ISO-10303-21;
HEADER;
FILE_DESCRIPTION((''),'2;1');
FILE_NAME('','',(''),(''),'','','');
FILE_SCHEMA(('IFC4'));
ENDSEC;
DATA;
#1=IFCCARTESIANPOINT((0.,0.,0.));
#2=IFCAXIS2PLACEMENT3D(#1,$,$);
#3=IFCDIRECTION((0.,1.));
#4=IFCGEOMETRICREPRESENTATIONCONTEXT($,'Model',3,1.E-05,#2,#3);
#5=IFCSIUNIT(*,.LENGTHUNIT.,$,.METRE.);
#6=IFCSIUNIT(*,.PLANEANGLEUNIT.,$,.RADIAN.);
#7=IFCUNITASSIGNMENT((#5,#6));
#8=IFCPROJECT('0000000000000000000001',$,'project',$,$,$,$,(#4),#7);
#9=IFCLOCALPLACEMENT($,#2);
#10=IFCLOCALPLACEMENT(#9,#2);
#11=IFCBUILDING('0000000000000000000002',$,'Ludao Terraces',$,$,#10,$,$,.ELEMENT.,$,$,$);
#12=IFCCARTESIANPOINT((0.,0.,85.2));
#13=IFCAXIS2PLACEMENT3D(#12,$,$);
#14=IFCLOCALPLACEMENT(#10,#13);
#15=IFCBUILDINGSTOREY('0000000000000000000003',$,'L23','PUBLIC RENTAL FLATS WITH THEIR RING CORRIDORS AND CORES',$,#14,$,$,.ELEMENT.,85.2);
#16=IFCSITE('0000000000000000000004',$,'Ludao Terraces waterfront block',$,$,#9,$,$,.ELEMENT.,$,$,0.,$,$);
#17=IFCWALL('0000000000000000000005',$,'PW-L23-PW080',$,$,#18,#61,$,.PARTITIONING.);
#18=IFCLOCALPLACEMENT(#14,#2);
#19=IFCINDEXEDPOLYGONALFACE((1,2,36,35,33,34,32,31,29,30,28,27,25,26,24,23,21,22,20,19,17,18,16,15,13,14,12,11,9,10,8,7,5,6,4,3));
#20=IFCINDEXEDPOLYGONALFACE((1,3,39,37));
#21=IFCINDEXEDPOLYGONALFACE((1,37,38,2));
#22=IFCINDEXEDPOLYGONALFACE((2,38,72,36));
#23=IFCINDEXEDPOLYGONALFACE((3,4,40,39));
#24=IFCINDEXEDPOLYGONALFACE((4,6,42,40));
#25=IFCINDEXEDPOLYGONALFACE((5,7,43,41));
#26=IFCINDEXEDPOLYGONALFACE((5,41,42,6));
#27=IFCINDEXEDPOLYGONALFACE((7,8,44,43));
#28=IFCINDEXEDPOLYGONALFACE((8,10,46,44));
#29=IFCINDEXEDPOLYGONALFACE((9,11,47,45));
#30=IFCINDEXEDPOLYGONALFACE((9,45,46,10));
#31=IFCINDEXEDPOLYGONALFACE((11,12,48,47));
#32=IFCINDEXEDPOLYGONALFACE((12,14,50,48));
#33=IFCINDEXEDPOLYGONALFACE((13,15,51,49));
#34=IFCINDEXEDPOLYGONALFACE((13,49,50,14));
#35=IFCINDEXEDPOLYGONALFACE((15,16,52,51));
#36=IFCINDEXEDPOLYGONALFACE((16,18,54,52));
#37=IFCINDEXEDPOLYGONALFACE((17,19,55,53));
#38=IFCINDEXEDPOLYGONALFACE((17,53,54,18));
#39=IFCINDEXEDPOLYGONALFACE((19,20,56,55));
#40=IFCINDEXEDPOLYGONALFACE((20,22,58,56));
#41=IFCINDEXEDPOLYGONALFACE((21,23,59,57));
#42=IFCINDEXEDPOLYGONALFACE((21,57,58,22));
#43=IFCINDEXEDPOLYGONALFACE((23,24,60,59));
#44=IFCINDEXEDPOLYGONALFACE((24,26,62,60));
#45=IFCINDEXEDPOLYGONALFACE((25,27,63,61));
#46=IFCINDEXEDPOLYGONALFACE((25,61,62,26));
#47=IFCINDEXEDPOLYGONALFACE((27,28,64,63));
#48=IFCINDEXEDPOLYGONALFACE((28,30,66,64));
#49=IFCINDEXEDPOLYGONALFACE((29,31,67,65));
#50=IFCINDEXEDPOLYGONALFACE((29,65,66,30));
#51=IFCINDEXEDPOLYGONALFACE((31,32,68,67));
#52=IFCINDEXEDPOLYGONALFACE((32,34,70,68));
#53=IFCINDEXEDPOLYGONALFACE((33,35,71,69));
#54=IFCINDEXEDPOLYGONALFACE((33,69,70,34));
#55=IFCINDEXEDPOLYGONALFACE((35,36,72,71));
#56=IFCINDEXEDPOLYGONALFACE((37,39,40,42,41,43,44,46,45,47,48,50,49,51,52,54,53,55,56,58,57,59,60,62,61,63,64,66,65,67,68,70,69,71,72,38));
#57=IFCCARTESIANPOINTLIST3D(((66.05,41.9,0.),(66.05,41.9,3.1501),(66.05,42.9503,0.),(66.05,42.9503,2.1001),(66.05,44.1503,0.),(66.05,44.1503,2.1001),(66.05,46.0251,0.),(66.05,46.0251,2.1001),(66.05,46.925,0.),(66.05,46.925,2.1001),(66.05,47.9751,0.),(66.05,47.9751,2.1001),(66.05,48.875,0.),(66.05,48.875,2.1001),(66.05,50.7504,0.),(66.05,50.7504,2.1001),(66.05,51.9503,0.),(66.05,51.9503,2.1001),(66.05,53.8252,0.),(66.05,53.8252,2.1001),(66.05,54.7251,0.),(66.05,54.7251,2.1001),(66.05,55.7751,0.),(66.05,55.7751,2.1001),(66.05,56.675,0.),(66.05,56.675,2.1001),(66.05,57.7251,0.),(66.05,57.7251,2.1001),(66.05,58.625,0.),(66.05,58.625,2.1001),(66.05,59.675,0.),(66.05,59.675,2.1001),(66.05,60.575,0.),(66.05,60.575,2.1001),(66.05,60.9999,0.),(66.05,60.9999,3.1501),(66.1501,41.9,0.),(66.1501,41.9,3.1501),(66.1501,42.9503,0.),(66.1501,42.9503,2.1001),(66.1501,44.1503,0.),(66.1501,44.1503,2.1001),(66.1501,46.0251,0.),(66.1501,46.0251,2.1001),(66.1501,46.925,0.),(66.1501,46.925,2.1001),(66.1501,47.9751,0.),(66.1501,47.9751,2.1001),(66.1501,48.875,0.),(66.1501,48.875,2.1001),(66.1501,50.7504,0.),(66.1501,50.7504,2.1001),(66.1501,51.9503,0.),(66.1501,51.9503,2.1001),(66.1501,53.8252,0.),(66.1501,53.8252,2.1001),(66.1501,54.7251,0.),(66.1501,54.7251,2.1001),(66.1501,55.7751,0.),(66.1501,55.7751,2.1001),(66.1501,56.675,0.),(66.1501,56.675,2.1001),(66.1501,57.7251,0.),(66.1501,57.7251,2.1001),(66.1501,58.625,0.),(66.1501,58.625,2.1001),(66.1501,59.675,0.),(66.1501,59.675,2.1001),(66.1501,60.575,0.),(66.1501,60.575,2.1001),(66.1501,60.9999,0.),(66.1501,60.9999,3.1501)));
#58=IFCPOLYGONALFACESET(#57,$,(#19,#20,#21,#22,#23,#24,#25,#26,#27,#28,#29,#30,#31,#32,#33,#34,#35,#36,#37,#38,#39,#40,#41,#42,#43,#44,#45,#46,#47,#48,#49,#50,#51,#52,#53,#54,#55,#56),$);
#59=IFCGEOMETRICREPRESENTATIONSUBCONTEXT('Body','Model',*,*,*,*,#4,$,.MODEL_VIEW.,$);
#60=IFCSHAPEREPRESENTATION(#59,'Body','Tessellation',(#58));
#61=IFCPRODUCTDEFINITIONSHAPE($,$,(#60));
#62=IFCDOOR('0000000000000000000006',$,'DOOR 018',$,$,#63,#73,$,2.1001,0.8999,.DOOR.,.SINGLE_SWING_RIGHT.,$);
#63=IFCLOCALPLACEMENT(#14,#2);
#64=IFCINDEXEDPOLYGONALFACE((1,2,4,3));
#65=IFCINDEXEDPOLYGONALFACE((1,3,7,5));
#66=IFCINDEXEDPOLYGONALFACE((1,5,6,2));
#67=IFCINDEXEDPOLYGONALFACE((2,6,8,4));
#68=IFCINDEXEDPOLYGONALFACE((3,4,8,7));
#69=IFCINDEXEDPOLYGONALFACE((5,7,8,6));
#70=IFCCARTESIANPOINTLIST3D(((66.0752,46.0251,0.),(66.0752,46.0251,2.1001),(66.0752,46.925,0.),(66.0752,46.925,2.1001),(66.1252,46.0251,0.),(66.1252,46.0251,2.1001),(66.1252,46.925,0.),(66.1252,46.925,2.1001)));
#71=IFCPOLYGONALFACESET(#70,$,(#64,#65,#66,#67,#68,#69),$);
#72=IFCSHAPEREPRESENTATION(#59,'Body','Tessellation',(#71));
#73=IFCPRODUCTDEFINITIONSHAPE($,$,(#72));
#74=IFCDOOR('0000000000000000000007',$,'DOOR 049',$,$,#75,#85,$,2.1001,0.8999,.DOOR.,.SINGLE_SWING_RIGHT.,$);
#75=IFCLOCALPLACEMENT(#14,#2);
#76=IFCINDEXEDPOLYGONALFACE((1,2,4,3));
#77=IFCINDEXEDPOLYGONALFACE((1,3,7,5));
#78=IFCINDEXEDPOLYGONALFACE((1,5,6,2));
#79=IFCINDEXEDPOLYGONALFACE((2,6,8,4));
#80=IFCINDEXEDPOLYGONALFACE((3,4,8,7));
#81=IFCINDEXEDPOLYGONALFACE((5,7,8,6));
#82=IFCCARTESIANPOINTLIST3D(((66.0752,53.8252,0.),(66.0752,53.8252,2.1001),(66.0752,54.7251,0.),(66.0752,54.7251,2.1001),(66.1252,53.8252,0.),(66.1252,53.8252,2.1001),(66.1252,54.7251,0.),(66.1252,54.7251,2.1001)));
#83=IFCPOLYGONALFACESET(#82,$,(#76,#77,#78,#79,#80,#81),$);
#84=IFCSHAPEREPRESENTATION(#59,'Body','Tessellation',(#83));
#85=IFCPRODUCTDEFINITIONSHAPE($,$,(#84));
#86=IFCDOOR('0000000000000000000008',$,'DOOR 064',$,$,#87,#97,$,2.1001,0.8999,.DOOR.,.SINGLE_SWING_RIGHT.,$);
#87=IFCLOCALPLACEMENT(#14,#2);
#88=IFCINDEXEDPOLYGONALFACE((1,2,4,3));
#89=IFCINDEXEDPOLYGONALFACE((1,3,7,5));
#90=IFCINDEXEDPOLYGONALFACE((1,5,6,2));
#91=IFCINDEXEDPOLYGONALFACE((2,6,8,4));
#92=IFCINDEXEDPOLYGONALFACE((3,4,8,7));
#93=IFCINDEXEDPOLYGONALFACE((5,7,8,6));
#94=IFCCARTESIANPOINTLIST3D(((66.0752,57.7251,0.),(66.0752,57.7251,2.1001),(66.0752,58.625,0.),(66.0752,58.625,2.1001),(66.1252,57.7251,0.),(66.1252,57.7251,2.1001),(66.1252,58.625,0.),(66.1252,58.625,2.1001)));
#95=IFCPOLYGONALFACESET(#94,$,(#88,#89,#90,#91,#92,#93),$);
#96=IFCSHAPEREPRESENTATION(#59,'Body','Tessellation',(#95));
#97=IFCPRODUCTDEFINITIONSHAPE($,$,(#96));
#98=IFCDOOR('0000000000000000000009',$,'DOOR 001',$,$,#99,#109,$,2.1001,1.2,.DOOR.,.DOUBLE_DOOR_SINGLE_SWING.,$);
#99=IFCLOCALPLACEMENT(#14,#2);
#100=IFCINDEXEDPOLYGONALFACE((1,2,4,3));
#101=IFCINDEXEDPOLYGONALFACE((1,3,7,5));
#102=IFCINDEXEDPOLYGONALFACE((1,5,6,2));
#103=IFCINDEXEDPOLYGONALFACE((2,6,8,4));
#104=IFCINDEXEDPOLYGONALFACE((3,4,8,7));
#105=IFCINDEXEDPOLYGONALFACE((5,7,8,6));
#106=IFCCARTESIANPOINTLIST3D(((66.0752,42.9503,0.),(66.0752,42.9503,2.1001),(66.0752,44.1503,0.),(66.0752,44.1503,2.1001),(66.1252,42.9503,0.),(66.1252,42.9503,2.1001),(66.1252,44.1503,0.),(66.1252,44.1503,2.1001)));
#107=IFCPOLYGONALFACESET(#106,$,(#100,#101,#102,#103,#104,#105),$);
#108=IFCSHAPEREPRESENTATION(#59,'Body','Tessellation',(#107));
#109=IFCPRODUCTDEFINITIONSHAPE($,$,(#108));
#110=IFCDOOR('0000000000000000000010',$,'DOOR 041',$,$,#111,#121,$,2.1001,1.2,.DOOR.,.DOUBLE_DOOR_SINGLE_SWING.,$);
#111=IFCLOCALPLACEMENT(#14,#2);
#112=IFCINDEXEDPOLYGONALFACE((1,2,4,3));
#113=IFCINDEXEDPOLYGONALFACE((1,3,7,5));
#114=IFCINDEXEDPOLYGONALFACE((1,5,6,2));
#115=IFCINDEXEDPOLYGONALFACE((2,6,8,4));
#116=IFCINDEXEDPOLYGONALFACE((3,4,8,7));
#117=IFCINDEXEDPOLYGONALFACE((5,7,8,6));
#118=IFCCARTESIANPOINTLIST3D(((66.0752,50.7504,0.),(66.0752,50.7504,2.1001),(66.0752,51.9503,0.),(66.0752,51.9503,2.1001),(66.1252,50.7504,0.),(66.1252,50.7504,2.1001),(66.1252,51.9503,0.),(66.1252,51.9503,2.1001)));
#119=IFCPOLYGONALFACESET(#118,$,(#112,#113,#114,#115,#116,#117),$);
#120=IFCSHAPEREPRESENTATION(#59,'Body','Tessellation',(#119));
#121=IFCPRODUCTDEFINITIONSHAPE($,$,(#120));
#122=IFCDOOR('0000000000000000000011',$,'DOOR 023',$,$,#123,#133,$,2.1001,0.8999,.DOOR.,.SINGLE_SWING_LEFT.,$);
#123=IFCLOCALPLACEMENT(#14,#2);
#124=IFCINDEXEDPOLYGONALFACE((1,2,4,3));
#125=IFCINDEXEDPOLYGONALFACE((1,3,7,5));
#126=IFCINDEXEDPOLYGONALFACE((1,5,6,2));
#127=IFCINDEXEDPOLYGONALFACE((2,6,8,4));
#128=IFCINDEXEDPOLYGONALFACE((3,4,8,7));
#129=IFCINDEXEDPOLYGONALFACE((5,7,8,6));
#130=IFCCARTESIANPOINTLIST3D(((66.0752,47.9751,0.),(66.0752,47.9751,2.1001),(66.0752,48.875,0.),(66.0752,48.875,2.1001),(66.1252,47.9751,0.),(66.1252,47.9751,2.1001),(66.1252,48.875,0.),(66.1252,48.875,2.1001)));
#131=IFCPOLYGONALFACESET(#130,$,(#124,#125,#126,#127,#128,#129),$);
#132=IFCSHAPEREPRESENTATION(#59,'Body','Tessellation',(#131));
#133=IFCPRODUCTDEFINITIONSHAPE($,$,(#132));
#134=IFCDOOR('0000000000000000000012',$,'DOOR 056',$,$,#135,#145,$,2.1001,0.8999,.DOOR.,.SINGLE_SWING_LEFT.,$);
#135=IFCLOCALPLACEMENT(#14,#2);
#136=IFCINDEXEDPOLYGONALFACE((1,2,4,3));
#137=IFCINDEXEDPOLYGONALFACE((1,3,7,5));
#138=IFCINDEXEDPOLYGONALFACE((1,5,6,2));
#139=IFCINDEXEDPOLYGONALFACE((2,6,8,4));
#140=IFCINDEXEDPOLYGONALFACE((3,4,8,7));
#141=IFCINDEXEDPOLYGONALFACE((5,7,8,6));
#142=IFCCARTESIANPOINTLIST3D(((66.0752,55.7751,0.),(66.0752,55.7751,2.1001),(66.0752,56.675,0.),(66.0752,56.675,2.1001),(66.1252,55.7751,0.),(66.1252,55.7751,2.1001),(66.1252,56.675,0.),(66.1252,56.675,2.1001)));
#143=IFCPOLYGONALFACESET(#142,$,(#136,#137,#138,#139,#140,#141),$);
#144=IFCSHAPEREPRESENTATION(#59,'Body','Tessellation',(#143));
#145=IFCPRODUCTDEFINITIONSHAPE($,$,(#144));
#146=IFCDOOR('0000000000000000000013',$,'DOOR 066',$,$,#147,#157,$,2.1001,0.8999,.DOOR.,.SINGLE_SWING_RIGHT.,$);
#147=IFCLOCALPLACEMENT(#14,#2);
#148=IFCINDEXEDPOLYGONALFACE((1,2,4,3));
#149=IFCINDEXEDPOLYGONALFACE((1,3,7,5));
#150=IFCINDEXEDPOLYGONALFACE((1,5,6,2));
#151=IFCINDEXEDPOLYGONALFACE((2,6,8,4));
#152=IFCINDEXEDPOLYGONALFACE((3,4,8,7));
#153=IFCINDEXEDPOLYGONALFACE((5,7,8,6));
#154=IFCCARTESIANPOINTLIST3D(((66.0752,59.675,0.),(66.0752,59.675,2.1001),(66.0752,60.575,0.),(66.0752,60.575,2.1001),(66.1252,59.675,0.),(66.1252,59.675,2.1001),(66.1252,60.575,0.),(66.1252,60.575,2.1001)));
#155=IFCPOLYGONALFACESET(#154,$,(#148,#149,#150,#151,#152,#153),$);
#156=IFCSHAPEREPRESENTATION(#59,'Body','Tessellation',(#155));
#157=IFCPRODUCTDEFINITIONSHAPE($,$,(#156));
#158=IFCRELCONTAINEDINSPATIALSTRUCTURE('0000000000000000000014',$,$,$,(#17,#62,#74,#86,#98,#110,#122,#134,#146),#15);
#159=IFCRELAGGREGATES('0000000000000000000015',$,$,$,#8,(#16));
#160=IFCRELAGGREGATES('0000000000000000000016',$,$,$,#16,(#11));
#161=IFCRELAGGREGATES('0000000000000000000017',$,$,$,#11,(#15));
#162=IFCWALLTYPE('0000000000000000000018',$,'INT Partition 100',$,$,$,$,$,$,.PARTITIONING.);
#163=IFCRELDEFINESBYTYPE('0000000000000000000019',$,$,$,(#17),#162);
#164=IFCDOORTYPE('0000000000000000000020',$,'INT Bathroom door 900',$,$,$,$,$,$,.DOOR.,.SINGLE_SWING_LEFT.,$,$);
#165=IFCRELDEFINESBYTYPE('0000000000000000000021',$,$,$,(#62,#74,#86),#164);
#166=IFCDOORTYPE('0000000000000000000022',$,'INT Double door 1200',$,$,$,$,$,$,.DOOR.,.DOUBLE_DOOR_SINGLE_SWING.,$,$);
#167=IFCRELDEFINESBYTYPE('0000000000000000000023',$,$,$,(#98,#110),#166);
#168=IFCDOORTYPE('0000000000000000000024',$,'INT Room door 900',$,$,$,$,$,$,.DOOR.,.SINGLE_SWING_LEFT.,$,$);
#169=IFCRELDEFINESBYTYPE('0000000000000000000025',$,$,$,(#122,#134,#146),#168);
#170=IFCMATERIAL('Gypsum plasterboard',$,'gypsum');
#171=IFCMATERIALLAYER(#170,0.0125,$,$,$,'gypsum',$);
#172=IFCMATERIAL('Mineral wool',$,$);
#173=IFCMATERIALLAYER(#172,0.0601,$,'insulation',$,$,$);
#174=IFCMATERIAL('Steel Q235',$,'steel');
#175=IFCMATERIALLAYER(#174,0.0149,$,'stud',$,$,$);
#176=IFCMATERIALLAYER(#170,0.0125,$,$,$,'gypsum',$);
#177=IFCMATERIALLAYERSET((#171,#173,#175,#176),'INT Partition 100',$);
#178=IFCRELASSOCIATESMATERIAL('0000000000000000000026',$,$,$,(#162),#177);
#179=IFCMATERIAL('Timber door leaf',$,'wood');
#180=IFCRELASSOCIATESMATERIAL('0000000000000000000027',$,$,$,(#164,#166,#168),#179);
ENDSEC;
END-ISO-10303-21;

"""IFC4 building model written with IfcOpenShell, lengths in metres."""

from ifc_helpers import new_model, si_unit, direction, frame, frame_2d, origin, place, context, subcontext, project, spatial, rectangle, extrude, material, layer, layer_set, type_object, element, fill, save


model = new_model("IFC4")

# Units and contexts
model_context = context("Model", 3, precision=1e-05, world=origin(), true_north=direction((0.0, 1.0)))
body_context = subcontext(model_context, "Body", "Model", "MODEL_VIEW")
ifc_project = project(units=[si_unit("LENGTHUNIT", "METRE"), si_unit("PLANEANGLEUNIT", "RADIAN")], contexts=[model_context])

# Site, building, storey
site_placement = place(None, origin())
site = spatial("IfcSite", under=ifc_project, at=site_placement, Name="Ludao Terraces waterfront block", CompositionType="ELEMENT", RefElevation=0.0)
building_placement = place(site_placement, origin())
building = spatial("IfcBuilding", under=site, at=building_placement, Name="Ludao Terraces", CompositionType="ELEMENT")
storey_placement = place(building_placement, frame((0.0, 0.0, 85.2)))
storey = spatial("IfcBuildingStorey", under=building, at=storey_placement, Name="L23", Description="PUBLIC RENTAL FLATS WITH THEIR RING CORRIDORS AND CORES", CompositionType="ELEMENT", Elevation=85.2)

# Shared definitions
ifc_material_1 = material(Name="Mineral wool")

# Wall, openings, doors
ifc_material_2 = material(Name="Gypsum plasterboard", Category="gypsum")
ifc_layer_1 = layer(ifc_material_2, 0.0125, Category="gypsum")
ifc_layer_2 = layer(ifc_material_1, 0.0601, Name="insulation")
ifc_material_3 = material(Name="Steel Q235", Category="steel")
ifc_layer_3 = layer(ifc_material_3, 0.0149, Name="stud")
ifc_layer_4 = layer(ifc_material_2, 0.0125, Category="gypsum")
ifc_layer_set_1 = layer_set([ifc_layer_1, ifc_layer_2, ifc_layer_3, ifc_layer_4], Name="INT Partition 100")
wall_type_1 = type_object("IfcWallType", Name="INT Partition 100", PredefinedType="PARTITIONING", material=ifc_layer_set_1)
wall_1_placement = place(storey_placement, frame((66.1001, 41.9001, 0.0), z_axis=(0.0, 0.0, 1.0), x_axis=(0.0, 1.0, 0.0)))
wall_1 = element("IfcWall", 1, at=wall_1_placement, inside=storey, type_object=wall_type_1, Name="PW-L23-PW080", PredefinedType="PARTITIONING", context=body_context, shape_type="SweptSolid", body=[
    extrude(rectangle(XDim=19.0999, YDim=0.1001, at=frame_2d((9.5498, 0.0))), origin(), (0.0, 0.0, 1.0), 3.1501),
])
opening_1_placement = place(wall_1_placement, frame((1.05, 0.0, 0.0)))
opening_1 = element("IfcOpeningElement", 2, at=opening_1_placement, cuts=wall_1, PredefinedType="OPENING", context=body_context, shape_type="SweptSolid", body=[
    extrude(rectangle(XDim=1.2, YDim=2.1001, at=frame_2d((0.6001, 1.05))), frame((0.0, 0.0601, 0.0), z_axis=(0.0, -1.0, 0.0), x_axis=(1.0, 0.0, 0.0)), (0.0, 0.0, 1.0), 0.1201),
])
opening_2_placement = place(wall_1_placement, frame((4.125, 0.0, 0.0)))
opening_2 = element("IfcOpeningElement", 3, at=opening_2_placement, cuts=wall_1, PredefinedType="OPENING", context=body_context, shape_type="SweptSolid", body=[
    extrude(rectangle(XDim=0.8999, YDim=2.1001, at=frame_2d((0.45, 1.05))), frame((0.0, 0.0601, 0.0), z_axis=(0.0, -1.0, 0.0), x_axis=(1.0, 0.0, 0.0)), (0.0, 0.0, 1.0), 0.1201),
])
opening_3_placement = place(wall_1_placement, frame((6.075, 0.0, 0.0)))
opening_3 = element("IfcOpeningElement", 4, at=opening_3_placement, cuts=wall_1, PredefinedType="OPENING", context=body_context, shape_type="SweptSolid", body=[
    extrude(rectangle(XDim=0.8999, YDim=2.1001, at=frame_2d((0.45, 1.05))), frame((0.0, 0.0601, 0.0), z_axis=(0.0, -1.0, 0.0), x_axis=(1.0, 0.0, 0.0)), (0.0, 0.0, 1.0), 0.1201),
])
opening_4_placement = place(wall_1_placement, frame((8.8501, 0.0, 0.0)))
opening_4 = element("IfcOpeningElement", 5, at=opening_4_placement, cuts=wall_1, PredefinedType="OPENING", context=body_context, shape_type="SweptSolid", body=[
    extrude(rectangle(XDim=1.2, YDim=2.1001, at=frame_2d((0.6001, 1.05))), frame((0.0, 0.0601, 0.0), z_axis=(0.0, -1.0, 0.0), x_axis=(1.0, 0.0, 0.0)), (0.0, 0.0, 1.0), 0.1201),
])
opening_5_placement = place(wall_1_placement, frame((11.925, 0.0, 0.0)))
opening_5 = element("IfcOpeningElement", 6, at=opening_5_placement, cuts=wall_1, PredefinedType="OPENING", context=body_context, shape_type="SweptSolid", body=[
    extrude(rectangle(XDim=0.8999, YDim=2.1001, at=frame_2d((0.45, 1.05))), frame((0.0, 0.0601, 0.0), z_axis=(0.0, -1.0, 0.0), x_axis=(1.0, 0.0, 0.0)), (0.0, 0.0, 1.0), 0.1201),
])
opening_6_placement = place(wall_1_placement, frame((13.875, 0.0, 0.0)))
opening_6 = element("IfcOpeningElement", 7, at=opening_6_placement, cuts=wall_1, PredefinedType="OPENING", context=body_context, shape_type="SweptSolid", body=[
    extrude(rectangle(XDim=0.8999, YDim=2.1001, at=frame_2d((0.45, 1.05))), frame((0.0, 0.0601, 0.0), z_axis=(0.0, -1.0, 0.0), x_axis=(1.0, 0.0, 0.0)), (0.0, 0.0, 1.0), 0.1201),
])
opening_7_placement = place(wall_1_placement, frame((15.825, 0.0, 0.0)))
opening_7 = element("IfcOpeningElement", 8, at=opening_7_placement, cuts=wall_1, PredefinedType="OPENING", context=body_context, shape_type="SweptSolid", body=[
    extrude(rectangle(XDim=0.8999, YDim=2.1001, at=frame_2d((0.45, 1.05))), frame((0.0, 0.0601, 0.0), z_axis=(0.0, -1.0, 0.0), x_axis=(1.0, 0.0, 0.0)), (0.0, 0.0, 1.0), 0.1201),
])
opening_8_placement = place(wall_1_placement, frame((17.7749, 0.0, 0.0)))
opening_8 = element("IfcOpeningElement", 9, at=opening_8_placement, cuts=wall_1, PredefinedType="OPENING", context=body_context, shape_type="SweptSolid", body=[
    extrude(rectangle(XDim=0.8999, YDim=2.1001, at=frame_2d((0.45, 1.05))), frame((0.0, 0.0601, 0.0), z_axis=(0.0, -1.0, 0.0), x_axis=(1.0, 0.0, 0.0)), (0.0, 0.0, 1.0), 0.1201),
])
ifc_material_4 = material(Name="Timber door leaf", Category="wood")
door_type_1 = type_object("IfcDoorType", Name="INT Bathroom door 900", OperationType="SINGLE_SWING_LEFT", PredefinedType="DOOR", material=ifc_material_4)
door_1_placement = place(opening_2_placement, origin())
door_1 = element("IfcDoor", 10, at=door_1_placement, inside=storey, type_object=door_type_1, Name="DOOR 018", OperationType="SINGLE_SWING_RIGHT", OverallHeight=2.1001, OverallWidth=0.8999, PredefinedType="DOOR", context=body_context, shape_type="SweptSolid", body=[
    extrude(rectangle(XDim=0.8999, YDim=2.1001, at=frame_2d((0.45, 1.05))), frame((0.0, 0.0249, 0.0), z_axis=(0.0, -1.0, 0.0), x_axis=(1.0, 0.0, 0.0)), (0.0, 0.0, 1.0), 0.05),
])
fill(opening_2, door_1)
door_2_placement = place(opening_5_placement, origin())
door_2 = element("IfcDoor", 11, at=door_2_placement, inside=storey, type_object=door_type_1, Name="DOOR 049", OperationType="SINGLE_SWING_RIGHT", OverallHeight=2.1001, OverallWidth=0.8999, PredefinedType="DOOR", context=body_context, shape_type="SweptSolid", body=[
    extrude(rectangle(XDim=0.8999, YDim=2.1001, at=frame_2d((0.45, 1.05))), frame((0.0, 0.0249, 0.0), z_axis=(0.0, -1.0, 0.0), x_axis=(1.0, 0.0, 0.0)), (0.0, 0.0, 1.0), 0.05),
])
fill(opening_5, door_2)
door_3_placement = place(opening_7_placement, origin())
door_3 = element("IfcDoor", 12, at=door_3_placement, inside=storey, type_object=door_type_1, Name="DOOR 064", OperationType="SINGLE_SWING_RIGHT", OverallHeight=2.1001, OverallWidth=0.8999, PredefinedType="DOOR", context=body_context, shape_type="SweptSolid", body=[
    extrude(rectangle(XDim=0.8999, YDim=2.1001, at=frame_2d((0.45, 1.05))), frame((0.0, 0.0249, 0.0), z_axis=(0.0, -1.0, 0.0), x_axis=(1.0, 0.0, 0.0)), (0.0, 0.0, 1.0), 0.05),
])
fill(opening_7, door_3)
door_type_2 = type_object("IfcDoorType", Name="INT Double door 1200", OperationType="DOUBLE_DOOR_SINGLE_SWING", PredefinedType="DOOR", material=ifc_material_4)
door_4_placement = place(opening_1_placement, origin())
door_4 = element("IfcDoor", 13, at=door_4_placement, inside=storey, type_object=door_type_2, Name="DOOR 001", OperationType="DOUBLE_DOOR_SINGLE_SWING", OverallHeight=2.1001, OverallWidth=1.2, PredefinedType="DOOR", context=body_context, shape_type="SweptSolid", body=[
    extrude(rectangle(XDim=1.2, YDim=2.1001, at=frame_2d((0.6001, 1.05))), frame((0.0, 0.0249, 0.0), z_axis=(0.0, -1.0, 0.0), x_axis=(1.0, 0.0, 0.0)), (0.0, 0.0, 1.0), 0.05),
])
fill(opening_1, door_4)
door_5_placement = place(opening_4_placement, origin())
door_5 = element("IfcDoor", 14, at=door_5_placement, inside=storey, type_object=door_type_2, Name="DOOR 041", OperationType="DOUBLE_DOOR_SINGLE_SWING", OverallHeight=2.1001, OverallWidth=1.2, PredefinedType="DOOR", context=body_context, shape_type="SweptSolid", body=[
    extrude(rectangle(XDim=1.2, YDim=2.1001, at=frame_2d((0.6001, 1.05))), frame((0.0, 0.0249, 0.0), z_axis=(0.0, -1.0, 0.0), x_axis=(1.0, 0.0, 0.0)), (0.0, 0.0, 1.0), 0.05),
])
fill(opening_4, door_5)
door_type_3 = type_object("IfcDoorType", Name="INT Room door 900", OperationType="SINGLE_SWING_LEFT", PredefinedType="DOOR", material=ifc_material_4)
door_6_placement = place(opening_3_placement, origin())
door_6 = element("IfcDoor", 15, at=door_6_placement, inside=storey, type_object=door_type_3, Name="DOOR 023", OperationType="SINGLE_SWING_LEFT", OverallHeight=2.1001, OverallWidth=0.8999, PredefinedType="DOOR", context=body_context, shape_type="SweptSolid", body=[
    extrude(rectangle(XDim=0.8999, YDim=2.1001, at=frame_2d((0.45, 1.05))), frame((0.0, 0.0249, 0.0), z_axis=(0.0, -1.0, 0.0), x_axis=(1.0, 0.0, 0.0)), (0.0, 0.0, 1.0), 0.05),
])
fill(opening_3, door_6)
door_7_placement = place(opening_6_placement, origin())
door_7 = element("IfcDoor", 16, at=door_7_placement, inside=storey, type_object=door_type_3, Name="DOOR 056", OperationType="SINGLE_SWING_LEFT", OverallHeight=2.1001, OverallWidth=0.8999, PredefinedType="DOOR", context=body_context, shape_type="SweptSolid", body=[
    extrude(rectangle(XDim=0.8999, YDim=2.1001, at=frame_2d((0.45, 1.05))), frame((0.0, 0.0249, 0.0), z_axis=(0.0, -1.0, 0.0), x_axis=(1.0, 0.0, 0.0)), (0.0, 0.0, 1.0), 0.05),
])
fill(opening_6, door_7)
door_8_placement = place(opening_8_placement, origin())
door_8 = element("IfcDoor", 17, at=door_8_placement, inside=storey, type_object=door_type_3, Name="DOOR 066", OperationType="SINGLE_SWING_RIGHT", OverallHeight=2.1001, OverallWidth=0.8999, PredefinedType="DOOR", context=body_context, shape_type="SweptSolid", body=[
    extrude(rectangle(XDim=0.8999, YDim=2.1001, at=frame_2d((0.45, 1.05))), frame((0.0, 0.0249, 0.0), z_axis=(0.0, -1.0, 0.0), x_axis=(1.0, 0.0, 0.0)), (0.0, 0.0, 1.0), 0.05),
])
fill(opening_8, door_8)

save(model, "model.ifc")
